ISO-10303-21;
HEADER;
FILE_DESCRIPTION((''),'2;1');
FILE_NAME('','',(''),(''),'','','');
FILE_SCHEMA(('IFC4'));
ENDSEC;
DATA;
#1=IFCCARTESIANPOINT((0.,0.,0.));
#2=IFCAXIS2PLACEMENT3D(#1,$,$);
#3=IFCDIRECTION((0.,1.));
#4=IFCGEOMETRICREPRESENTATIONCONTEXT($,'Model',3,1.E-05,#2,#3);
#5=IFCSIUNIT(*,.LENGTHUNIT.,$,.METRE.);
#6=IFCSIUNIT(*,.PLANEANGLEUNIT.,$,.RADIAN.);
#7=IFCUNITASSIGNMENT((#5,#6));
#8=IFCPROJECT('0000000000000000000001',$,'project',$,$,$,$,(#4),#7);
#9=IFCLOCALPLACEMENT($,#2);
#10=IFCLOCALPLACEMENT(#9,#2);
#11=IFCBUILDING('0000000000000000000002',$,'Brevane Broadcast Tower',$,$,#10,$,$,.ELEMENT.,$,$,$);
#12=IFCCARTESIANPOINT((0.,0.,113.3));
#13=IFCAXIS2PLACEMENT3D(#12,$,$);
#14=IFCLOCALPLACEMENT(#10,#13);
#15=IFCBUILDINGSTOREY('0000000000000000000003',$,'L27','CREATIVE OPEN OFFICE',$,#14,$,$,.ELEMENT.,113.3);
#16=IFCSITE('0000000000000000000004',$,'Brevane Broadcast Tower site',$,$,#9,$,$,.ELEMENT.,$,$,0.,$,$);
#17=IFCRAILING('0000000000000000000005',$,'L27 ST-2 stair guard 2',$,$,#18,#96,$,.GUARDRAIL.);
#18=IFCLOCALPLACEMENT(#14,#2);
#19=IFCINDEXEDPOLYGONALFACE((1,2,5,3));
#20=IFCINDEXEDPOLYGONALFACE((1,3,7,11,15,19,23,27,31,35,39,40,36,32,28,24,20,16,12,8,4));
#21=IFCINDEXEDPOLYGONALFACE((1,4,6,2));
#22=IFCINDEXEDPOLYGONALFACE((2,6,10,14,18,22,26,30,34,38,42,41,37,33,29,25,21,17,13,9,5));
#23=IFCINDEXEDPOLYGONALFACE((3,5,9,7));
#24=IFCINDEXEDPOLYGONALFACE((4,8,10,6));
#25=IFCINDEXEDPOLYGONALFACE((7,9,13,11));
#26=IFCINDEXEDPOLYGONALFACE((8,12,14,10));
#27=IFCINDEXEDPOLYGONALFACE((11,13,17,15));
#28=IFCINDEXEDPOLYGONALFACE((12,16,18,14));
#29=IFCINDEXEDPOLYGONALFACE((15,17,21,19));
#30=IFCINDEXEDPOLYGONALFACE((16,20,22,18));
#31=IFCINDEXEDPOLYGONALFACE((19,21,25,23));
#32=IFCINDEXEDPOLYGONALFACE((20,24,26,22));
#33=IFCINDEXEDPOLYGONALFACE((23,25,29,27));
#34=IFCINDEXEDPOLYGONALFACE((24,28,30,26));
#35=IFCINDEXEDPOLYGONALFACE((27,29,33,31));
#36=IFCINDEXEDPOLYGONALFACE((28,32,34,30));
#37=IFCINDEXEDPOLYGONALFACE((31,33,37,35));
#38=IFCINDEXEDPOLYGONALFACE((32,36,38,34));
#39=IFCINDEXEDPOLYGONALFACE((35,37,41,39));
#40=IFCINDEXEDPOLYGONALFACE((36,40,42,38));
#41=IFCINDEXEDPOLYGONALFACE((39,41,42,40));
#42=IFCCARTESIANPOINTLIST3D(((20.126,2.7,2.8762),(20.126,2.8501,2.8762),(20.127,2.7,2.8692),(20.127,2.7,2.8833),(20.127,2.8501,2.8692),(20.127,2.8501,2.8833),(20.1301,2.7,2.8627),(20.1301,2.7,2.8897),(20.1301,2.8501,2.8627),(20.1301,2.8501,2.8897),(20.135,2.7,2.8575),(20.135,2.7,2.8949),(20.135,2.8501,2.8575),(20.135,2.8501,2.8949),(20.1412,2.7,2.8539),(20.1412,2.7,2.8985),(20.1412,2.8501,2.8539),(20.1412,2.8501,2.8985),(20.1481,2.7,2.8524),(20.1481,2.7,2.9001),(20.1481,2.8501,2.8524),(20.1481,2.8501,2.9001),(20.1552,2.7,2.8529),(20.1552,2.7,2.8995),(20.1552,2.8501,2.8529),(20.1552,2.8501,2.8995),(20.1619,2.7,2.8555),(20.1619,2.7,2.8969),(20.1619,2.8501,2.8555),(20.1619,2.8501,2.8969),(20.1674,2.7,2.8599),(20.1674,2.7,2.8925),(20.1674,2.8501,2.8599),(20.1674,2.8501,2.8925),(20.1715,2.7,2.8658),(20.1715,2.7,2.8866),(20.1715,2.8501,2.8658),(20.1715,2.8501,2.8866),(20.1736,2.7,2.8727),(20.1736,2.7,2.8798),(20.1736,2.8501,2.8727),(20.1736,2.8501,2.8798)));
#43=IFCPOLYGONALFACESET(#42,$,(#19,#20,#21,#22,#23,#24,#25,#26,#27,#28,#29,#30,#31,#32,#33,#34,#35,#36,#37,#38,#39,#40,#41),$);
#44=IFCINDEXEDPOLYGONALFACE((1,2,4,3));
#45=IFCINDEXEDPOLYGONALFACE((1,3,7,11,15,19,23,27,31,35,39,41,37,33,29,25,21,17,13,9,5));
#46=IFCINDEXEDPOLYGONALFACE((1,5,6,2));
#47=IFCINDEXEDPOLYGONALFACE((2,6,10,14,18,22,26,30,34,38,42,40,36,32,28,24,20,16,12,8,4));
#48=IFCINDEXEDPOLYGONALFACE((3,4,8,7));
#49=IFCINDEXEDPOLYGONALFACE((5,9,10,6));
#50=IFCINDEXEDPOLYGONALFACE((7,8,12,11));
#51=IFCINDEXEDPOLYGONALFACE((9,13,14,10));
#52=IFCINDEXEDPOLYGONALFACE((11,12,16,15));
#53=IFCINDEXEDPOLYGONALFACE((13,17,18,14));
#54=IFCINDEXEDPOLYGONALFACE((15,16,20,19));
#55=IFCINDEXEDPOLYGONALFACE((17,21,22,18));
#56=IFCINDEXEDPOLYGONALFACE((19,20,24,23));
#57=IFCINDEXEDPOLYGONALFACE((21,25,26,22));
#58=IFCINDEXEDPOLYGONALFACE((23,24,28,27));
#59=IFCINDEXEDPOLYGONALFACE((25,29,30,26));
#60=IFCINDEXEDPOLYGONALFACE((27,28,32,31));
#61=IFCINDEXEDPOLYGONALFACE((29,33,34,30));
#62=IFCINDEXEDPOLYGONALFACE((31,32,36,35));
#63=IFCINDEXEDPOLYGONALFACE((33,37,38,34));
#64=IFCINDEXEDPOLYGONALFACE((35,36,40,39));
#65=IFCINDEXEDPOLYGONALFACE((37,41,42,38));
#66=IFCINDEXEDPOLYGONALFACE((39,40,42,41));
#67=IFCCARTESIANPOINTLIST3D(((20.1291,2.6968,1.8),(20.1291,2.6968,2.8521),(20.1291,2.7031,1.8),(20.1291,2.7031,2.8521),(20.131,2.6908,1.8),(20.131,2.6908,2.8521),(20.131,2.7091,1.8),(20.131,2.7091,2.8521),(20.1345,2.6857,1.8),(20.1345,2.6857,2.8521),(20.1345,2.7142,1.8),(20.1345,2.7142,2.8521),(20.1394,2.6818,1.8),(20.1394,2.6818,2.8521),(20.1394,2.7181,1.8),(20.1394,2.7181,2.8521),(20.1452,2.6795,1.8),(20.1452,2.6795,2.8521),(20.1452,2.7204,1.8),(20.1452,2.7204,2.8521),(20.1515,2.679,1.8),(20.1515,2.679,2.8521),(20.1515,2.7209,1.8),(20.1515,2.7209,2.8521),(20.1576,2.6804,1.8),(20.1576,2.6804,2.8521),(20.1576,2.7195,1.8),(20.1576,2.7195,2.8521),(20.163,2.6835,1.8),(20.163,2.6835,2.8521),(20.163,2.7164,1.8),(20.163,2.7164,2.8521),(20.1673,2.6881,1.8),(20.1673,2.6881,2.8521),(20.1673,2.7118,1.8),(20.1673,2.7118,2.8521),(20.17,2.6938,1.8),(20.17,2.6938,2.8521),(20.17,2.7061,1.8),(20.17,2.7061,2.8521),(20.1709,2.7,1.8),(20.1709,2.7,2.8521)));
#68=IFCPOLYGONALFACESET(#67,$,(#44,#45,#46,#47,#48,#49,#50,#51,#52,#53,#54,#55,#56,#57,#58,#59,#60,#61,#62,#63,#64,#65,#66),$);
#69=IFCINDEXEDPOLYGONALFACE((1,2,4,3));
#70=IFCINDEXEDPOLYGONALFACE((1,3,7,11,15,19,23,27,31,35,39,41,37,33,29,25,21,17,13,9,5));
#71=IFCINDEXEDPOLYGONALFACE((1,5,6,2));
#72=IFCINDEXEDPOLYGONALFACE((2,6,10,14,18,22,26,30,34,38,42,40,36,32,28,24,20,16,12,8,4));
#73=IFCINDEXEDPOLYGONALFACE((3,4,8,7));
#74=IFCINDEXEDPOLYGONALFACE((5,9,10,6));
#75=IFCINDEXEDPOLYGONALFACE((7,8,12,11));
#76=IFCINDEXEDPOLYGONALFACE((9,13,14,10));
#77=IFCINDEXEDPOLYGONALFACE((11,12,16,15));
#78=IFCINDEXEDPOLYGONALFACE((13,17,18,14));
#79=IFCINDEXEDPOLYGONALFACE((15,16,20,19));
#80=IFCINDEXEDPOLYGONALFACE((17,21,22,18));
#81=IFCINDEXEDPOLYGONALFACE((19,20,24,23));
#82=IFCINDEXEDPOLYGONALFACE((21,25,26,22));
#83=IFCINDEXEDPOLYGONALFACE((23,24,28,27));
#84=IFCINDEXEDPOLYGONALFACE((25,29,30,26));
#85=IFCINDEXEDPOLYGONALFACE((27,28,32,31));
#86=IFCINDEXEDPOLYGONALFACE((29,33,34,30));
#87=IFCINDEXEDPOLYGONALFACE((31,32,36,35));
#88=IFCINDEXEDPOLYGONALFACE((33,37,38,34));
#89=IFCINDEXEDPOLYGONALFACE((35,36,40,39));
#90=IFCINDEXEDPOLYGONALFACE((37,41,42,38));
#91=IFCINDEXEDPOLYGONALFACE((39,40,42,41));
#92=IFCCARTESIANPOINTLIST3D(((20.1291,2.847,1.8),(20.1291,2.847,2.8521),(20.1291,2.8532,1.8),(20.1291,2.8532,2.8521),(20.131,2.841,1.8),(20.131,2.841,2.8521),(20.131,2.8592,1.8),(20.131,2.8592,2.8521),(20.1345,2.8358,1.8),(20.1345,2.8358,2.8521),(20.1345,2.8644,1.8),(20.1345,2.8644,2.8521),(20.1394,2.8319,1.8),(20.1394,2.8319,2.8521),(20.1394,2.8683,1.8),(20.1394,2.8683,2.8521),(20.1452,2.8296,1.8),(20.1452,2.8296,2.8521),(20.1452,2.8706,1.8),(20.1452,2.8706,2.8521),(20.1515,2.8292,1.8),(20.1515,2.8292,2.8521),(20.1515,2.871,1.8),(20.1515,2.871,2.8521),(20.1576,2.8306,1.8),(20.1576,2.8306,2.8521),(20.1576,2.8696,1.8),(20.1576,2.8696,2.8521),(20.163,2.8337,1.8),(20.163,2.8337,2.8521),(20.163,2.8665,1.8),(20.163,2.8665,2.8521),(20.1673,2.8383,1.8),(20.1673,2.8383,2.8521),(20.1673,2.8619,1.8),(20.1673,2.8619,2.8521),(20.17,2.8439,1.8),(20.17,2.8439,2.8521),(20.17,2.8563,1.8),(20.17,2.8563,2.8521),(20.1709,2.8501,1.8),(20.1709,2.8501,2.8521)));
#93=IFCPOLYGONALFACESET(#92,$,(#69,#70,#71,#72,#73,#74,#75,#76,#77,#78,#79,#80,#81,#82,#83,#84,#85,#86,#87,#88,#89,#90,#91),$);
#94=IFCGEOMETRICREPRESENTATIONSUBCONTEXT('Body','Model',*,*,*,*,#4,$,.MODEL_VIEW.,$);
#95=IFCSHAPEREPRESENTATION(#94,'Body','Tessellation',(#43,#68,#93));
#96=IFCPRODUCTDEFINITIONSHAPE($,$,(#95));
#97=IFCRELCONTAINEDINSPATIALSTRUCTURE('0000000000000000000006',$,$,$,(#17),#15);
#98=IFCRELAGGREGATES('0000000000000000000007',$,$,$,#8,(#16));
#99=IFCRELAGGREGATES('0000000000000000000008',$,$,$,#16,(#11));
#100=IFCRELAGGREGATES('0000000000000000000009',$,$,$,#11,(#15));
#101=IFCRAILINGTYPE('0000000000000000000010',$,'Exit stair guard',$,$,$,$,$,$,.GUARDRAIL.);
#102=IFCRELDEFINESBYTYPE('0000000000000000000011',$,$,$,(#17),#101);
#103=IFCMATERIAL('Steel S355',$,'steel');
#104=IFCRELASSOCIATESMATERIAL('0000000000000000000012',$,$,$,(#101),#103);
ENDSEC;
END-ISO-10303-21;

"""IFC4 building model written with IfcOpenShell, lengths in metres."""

from ifc_helpers import new_model, si_unit, direction, frame, origin, origin_2d, place, context, subcontext, project, spatial, circle, extrude, material, type_object, element, save


model = new_model("IFC4")

# Units and contexts
model_context = context("Model", 3, precision=1e-05, world=origin(), true_north=direction((0.0, 1.0)))
body_context = subcontext(model_context, "Body", "Model", "MODEL_VIEW")
ifc_project = project(units=[si_unit("LENGTHUNIT", "METRE"), si_unit("PLANEANGLEUNIT", "RADIAN")], contexts=[model_context])

# Site, building, storey
site_placement = place(None, origin())
site = spatial("IfcSite", under=ifc_project, at=site_placement, Name="Brevane Broadcast Tower site", CompositionType="ELEMENT", RefElevation=0.0)
building_placement = place(site_placement, origin())
building = spatial("IfcBuilding", under=site, at=building_placement, Name="Brevane Broadcast Tower", CompositionType="ELEMENT")
storey_placement = place(building_placement, frame((0.0, 0.0, 113.3)))
storey = spatial("IfcBuildingStorey", under=building, at=storey_placement, Name="L27", Description="CREATIVE OPEN OFFICE", CompositionType="ELEMENT", Elevation=113.3)

# Railing
ifc_material_1 = material(Name="Steel S355", Category="steel")
railing_type_1 = type_object("IfcRailingType", Name="Exit stair guard", PredefinedType="GUARDRAIL", material=ifc_material_1)
railing_1_placement = place(storey_placement, frame((20.1499, 2.7, 1.8)))
element("IfcRailing", 1, at=railing_1_placement, inside=storey, type_object=railing_type_1, Name="L27 ST-2 stair guard 2", PredefinedType="GUARDRAIL", context=body_context, shape_type="SweptSolid", body=[
    extrude(circle(Radius=0.0239, at=origin_2d()), frame((0.0, 0.0, 1.0762), z_axis=(0.0, 1.0, 0.0), x_axis=(-1.0, 0.0, 0.0)), (0.0, 0.0, 1.0), 0.1501),
    extrude(circle(Radius=0.021, at=origin_2d()), origin(), (0.0, 0.0, 1.0), 1.052),
    extrude(circle(Radius=0.021, at=origin_2d()), frame((0.0, 0.1501, 0.0)), (0.0, 0.0, 1.0), 1.052),
])

save(model, "model.ifc")
